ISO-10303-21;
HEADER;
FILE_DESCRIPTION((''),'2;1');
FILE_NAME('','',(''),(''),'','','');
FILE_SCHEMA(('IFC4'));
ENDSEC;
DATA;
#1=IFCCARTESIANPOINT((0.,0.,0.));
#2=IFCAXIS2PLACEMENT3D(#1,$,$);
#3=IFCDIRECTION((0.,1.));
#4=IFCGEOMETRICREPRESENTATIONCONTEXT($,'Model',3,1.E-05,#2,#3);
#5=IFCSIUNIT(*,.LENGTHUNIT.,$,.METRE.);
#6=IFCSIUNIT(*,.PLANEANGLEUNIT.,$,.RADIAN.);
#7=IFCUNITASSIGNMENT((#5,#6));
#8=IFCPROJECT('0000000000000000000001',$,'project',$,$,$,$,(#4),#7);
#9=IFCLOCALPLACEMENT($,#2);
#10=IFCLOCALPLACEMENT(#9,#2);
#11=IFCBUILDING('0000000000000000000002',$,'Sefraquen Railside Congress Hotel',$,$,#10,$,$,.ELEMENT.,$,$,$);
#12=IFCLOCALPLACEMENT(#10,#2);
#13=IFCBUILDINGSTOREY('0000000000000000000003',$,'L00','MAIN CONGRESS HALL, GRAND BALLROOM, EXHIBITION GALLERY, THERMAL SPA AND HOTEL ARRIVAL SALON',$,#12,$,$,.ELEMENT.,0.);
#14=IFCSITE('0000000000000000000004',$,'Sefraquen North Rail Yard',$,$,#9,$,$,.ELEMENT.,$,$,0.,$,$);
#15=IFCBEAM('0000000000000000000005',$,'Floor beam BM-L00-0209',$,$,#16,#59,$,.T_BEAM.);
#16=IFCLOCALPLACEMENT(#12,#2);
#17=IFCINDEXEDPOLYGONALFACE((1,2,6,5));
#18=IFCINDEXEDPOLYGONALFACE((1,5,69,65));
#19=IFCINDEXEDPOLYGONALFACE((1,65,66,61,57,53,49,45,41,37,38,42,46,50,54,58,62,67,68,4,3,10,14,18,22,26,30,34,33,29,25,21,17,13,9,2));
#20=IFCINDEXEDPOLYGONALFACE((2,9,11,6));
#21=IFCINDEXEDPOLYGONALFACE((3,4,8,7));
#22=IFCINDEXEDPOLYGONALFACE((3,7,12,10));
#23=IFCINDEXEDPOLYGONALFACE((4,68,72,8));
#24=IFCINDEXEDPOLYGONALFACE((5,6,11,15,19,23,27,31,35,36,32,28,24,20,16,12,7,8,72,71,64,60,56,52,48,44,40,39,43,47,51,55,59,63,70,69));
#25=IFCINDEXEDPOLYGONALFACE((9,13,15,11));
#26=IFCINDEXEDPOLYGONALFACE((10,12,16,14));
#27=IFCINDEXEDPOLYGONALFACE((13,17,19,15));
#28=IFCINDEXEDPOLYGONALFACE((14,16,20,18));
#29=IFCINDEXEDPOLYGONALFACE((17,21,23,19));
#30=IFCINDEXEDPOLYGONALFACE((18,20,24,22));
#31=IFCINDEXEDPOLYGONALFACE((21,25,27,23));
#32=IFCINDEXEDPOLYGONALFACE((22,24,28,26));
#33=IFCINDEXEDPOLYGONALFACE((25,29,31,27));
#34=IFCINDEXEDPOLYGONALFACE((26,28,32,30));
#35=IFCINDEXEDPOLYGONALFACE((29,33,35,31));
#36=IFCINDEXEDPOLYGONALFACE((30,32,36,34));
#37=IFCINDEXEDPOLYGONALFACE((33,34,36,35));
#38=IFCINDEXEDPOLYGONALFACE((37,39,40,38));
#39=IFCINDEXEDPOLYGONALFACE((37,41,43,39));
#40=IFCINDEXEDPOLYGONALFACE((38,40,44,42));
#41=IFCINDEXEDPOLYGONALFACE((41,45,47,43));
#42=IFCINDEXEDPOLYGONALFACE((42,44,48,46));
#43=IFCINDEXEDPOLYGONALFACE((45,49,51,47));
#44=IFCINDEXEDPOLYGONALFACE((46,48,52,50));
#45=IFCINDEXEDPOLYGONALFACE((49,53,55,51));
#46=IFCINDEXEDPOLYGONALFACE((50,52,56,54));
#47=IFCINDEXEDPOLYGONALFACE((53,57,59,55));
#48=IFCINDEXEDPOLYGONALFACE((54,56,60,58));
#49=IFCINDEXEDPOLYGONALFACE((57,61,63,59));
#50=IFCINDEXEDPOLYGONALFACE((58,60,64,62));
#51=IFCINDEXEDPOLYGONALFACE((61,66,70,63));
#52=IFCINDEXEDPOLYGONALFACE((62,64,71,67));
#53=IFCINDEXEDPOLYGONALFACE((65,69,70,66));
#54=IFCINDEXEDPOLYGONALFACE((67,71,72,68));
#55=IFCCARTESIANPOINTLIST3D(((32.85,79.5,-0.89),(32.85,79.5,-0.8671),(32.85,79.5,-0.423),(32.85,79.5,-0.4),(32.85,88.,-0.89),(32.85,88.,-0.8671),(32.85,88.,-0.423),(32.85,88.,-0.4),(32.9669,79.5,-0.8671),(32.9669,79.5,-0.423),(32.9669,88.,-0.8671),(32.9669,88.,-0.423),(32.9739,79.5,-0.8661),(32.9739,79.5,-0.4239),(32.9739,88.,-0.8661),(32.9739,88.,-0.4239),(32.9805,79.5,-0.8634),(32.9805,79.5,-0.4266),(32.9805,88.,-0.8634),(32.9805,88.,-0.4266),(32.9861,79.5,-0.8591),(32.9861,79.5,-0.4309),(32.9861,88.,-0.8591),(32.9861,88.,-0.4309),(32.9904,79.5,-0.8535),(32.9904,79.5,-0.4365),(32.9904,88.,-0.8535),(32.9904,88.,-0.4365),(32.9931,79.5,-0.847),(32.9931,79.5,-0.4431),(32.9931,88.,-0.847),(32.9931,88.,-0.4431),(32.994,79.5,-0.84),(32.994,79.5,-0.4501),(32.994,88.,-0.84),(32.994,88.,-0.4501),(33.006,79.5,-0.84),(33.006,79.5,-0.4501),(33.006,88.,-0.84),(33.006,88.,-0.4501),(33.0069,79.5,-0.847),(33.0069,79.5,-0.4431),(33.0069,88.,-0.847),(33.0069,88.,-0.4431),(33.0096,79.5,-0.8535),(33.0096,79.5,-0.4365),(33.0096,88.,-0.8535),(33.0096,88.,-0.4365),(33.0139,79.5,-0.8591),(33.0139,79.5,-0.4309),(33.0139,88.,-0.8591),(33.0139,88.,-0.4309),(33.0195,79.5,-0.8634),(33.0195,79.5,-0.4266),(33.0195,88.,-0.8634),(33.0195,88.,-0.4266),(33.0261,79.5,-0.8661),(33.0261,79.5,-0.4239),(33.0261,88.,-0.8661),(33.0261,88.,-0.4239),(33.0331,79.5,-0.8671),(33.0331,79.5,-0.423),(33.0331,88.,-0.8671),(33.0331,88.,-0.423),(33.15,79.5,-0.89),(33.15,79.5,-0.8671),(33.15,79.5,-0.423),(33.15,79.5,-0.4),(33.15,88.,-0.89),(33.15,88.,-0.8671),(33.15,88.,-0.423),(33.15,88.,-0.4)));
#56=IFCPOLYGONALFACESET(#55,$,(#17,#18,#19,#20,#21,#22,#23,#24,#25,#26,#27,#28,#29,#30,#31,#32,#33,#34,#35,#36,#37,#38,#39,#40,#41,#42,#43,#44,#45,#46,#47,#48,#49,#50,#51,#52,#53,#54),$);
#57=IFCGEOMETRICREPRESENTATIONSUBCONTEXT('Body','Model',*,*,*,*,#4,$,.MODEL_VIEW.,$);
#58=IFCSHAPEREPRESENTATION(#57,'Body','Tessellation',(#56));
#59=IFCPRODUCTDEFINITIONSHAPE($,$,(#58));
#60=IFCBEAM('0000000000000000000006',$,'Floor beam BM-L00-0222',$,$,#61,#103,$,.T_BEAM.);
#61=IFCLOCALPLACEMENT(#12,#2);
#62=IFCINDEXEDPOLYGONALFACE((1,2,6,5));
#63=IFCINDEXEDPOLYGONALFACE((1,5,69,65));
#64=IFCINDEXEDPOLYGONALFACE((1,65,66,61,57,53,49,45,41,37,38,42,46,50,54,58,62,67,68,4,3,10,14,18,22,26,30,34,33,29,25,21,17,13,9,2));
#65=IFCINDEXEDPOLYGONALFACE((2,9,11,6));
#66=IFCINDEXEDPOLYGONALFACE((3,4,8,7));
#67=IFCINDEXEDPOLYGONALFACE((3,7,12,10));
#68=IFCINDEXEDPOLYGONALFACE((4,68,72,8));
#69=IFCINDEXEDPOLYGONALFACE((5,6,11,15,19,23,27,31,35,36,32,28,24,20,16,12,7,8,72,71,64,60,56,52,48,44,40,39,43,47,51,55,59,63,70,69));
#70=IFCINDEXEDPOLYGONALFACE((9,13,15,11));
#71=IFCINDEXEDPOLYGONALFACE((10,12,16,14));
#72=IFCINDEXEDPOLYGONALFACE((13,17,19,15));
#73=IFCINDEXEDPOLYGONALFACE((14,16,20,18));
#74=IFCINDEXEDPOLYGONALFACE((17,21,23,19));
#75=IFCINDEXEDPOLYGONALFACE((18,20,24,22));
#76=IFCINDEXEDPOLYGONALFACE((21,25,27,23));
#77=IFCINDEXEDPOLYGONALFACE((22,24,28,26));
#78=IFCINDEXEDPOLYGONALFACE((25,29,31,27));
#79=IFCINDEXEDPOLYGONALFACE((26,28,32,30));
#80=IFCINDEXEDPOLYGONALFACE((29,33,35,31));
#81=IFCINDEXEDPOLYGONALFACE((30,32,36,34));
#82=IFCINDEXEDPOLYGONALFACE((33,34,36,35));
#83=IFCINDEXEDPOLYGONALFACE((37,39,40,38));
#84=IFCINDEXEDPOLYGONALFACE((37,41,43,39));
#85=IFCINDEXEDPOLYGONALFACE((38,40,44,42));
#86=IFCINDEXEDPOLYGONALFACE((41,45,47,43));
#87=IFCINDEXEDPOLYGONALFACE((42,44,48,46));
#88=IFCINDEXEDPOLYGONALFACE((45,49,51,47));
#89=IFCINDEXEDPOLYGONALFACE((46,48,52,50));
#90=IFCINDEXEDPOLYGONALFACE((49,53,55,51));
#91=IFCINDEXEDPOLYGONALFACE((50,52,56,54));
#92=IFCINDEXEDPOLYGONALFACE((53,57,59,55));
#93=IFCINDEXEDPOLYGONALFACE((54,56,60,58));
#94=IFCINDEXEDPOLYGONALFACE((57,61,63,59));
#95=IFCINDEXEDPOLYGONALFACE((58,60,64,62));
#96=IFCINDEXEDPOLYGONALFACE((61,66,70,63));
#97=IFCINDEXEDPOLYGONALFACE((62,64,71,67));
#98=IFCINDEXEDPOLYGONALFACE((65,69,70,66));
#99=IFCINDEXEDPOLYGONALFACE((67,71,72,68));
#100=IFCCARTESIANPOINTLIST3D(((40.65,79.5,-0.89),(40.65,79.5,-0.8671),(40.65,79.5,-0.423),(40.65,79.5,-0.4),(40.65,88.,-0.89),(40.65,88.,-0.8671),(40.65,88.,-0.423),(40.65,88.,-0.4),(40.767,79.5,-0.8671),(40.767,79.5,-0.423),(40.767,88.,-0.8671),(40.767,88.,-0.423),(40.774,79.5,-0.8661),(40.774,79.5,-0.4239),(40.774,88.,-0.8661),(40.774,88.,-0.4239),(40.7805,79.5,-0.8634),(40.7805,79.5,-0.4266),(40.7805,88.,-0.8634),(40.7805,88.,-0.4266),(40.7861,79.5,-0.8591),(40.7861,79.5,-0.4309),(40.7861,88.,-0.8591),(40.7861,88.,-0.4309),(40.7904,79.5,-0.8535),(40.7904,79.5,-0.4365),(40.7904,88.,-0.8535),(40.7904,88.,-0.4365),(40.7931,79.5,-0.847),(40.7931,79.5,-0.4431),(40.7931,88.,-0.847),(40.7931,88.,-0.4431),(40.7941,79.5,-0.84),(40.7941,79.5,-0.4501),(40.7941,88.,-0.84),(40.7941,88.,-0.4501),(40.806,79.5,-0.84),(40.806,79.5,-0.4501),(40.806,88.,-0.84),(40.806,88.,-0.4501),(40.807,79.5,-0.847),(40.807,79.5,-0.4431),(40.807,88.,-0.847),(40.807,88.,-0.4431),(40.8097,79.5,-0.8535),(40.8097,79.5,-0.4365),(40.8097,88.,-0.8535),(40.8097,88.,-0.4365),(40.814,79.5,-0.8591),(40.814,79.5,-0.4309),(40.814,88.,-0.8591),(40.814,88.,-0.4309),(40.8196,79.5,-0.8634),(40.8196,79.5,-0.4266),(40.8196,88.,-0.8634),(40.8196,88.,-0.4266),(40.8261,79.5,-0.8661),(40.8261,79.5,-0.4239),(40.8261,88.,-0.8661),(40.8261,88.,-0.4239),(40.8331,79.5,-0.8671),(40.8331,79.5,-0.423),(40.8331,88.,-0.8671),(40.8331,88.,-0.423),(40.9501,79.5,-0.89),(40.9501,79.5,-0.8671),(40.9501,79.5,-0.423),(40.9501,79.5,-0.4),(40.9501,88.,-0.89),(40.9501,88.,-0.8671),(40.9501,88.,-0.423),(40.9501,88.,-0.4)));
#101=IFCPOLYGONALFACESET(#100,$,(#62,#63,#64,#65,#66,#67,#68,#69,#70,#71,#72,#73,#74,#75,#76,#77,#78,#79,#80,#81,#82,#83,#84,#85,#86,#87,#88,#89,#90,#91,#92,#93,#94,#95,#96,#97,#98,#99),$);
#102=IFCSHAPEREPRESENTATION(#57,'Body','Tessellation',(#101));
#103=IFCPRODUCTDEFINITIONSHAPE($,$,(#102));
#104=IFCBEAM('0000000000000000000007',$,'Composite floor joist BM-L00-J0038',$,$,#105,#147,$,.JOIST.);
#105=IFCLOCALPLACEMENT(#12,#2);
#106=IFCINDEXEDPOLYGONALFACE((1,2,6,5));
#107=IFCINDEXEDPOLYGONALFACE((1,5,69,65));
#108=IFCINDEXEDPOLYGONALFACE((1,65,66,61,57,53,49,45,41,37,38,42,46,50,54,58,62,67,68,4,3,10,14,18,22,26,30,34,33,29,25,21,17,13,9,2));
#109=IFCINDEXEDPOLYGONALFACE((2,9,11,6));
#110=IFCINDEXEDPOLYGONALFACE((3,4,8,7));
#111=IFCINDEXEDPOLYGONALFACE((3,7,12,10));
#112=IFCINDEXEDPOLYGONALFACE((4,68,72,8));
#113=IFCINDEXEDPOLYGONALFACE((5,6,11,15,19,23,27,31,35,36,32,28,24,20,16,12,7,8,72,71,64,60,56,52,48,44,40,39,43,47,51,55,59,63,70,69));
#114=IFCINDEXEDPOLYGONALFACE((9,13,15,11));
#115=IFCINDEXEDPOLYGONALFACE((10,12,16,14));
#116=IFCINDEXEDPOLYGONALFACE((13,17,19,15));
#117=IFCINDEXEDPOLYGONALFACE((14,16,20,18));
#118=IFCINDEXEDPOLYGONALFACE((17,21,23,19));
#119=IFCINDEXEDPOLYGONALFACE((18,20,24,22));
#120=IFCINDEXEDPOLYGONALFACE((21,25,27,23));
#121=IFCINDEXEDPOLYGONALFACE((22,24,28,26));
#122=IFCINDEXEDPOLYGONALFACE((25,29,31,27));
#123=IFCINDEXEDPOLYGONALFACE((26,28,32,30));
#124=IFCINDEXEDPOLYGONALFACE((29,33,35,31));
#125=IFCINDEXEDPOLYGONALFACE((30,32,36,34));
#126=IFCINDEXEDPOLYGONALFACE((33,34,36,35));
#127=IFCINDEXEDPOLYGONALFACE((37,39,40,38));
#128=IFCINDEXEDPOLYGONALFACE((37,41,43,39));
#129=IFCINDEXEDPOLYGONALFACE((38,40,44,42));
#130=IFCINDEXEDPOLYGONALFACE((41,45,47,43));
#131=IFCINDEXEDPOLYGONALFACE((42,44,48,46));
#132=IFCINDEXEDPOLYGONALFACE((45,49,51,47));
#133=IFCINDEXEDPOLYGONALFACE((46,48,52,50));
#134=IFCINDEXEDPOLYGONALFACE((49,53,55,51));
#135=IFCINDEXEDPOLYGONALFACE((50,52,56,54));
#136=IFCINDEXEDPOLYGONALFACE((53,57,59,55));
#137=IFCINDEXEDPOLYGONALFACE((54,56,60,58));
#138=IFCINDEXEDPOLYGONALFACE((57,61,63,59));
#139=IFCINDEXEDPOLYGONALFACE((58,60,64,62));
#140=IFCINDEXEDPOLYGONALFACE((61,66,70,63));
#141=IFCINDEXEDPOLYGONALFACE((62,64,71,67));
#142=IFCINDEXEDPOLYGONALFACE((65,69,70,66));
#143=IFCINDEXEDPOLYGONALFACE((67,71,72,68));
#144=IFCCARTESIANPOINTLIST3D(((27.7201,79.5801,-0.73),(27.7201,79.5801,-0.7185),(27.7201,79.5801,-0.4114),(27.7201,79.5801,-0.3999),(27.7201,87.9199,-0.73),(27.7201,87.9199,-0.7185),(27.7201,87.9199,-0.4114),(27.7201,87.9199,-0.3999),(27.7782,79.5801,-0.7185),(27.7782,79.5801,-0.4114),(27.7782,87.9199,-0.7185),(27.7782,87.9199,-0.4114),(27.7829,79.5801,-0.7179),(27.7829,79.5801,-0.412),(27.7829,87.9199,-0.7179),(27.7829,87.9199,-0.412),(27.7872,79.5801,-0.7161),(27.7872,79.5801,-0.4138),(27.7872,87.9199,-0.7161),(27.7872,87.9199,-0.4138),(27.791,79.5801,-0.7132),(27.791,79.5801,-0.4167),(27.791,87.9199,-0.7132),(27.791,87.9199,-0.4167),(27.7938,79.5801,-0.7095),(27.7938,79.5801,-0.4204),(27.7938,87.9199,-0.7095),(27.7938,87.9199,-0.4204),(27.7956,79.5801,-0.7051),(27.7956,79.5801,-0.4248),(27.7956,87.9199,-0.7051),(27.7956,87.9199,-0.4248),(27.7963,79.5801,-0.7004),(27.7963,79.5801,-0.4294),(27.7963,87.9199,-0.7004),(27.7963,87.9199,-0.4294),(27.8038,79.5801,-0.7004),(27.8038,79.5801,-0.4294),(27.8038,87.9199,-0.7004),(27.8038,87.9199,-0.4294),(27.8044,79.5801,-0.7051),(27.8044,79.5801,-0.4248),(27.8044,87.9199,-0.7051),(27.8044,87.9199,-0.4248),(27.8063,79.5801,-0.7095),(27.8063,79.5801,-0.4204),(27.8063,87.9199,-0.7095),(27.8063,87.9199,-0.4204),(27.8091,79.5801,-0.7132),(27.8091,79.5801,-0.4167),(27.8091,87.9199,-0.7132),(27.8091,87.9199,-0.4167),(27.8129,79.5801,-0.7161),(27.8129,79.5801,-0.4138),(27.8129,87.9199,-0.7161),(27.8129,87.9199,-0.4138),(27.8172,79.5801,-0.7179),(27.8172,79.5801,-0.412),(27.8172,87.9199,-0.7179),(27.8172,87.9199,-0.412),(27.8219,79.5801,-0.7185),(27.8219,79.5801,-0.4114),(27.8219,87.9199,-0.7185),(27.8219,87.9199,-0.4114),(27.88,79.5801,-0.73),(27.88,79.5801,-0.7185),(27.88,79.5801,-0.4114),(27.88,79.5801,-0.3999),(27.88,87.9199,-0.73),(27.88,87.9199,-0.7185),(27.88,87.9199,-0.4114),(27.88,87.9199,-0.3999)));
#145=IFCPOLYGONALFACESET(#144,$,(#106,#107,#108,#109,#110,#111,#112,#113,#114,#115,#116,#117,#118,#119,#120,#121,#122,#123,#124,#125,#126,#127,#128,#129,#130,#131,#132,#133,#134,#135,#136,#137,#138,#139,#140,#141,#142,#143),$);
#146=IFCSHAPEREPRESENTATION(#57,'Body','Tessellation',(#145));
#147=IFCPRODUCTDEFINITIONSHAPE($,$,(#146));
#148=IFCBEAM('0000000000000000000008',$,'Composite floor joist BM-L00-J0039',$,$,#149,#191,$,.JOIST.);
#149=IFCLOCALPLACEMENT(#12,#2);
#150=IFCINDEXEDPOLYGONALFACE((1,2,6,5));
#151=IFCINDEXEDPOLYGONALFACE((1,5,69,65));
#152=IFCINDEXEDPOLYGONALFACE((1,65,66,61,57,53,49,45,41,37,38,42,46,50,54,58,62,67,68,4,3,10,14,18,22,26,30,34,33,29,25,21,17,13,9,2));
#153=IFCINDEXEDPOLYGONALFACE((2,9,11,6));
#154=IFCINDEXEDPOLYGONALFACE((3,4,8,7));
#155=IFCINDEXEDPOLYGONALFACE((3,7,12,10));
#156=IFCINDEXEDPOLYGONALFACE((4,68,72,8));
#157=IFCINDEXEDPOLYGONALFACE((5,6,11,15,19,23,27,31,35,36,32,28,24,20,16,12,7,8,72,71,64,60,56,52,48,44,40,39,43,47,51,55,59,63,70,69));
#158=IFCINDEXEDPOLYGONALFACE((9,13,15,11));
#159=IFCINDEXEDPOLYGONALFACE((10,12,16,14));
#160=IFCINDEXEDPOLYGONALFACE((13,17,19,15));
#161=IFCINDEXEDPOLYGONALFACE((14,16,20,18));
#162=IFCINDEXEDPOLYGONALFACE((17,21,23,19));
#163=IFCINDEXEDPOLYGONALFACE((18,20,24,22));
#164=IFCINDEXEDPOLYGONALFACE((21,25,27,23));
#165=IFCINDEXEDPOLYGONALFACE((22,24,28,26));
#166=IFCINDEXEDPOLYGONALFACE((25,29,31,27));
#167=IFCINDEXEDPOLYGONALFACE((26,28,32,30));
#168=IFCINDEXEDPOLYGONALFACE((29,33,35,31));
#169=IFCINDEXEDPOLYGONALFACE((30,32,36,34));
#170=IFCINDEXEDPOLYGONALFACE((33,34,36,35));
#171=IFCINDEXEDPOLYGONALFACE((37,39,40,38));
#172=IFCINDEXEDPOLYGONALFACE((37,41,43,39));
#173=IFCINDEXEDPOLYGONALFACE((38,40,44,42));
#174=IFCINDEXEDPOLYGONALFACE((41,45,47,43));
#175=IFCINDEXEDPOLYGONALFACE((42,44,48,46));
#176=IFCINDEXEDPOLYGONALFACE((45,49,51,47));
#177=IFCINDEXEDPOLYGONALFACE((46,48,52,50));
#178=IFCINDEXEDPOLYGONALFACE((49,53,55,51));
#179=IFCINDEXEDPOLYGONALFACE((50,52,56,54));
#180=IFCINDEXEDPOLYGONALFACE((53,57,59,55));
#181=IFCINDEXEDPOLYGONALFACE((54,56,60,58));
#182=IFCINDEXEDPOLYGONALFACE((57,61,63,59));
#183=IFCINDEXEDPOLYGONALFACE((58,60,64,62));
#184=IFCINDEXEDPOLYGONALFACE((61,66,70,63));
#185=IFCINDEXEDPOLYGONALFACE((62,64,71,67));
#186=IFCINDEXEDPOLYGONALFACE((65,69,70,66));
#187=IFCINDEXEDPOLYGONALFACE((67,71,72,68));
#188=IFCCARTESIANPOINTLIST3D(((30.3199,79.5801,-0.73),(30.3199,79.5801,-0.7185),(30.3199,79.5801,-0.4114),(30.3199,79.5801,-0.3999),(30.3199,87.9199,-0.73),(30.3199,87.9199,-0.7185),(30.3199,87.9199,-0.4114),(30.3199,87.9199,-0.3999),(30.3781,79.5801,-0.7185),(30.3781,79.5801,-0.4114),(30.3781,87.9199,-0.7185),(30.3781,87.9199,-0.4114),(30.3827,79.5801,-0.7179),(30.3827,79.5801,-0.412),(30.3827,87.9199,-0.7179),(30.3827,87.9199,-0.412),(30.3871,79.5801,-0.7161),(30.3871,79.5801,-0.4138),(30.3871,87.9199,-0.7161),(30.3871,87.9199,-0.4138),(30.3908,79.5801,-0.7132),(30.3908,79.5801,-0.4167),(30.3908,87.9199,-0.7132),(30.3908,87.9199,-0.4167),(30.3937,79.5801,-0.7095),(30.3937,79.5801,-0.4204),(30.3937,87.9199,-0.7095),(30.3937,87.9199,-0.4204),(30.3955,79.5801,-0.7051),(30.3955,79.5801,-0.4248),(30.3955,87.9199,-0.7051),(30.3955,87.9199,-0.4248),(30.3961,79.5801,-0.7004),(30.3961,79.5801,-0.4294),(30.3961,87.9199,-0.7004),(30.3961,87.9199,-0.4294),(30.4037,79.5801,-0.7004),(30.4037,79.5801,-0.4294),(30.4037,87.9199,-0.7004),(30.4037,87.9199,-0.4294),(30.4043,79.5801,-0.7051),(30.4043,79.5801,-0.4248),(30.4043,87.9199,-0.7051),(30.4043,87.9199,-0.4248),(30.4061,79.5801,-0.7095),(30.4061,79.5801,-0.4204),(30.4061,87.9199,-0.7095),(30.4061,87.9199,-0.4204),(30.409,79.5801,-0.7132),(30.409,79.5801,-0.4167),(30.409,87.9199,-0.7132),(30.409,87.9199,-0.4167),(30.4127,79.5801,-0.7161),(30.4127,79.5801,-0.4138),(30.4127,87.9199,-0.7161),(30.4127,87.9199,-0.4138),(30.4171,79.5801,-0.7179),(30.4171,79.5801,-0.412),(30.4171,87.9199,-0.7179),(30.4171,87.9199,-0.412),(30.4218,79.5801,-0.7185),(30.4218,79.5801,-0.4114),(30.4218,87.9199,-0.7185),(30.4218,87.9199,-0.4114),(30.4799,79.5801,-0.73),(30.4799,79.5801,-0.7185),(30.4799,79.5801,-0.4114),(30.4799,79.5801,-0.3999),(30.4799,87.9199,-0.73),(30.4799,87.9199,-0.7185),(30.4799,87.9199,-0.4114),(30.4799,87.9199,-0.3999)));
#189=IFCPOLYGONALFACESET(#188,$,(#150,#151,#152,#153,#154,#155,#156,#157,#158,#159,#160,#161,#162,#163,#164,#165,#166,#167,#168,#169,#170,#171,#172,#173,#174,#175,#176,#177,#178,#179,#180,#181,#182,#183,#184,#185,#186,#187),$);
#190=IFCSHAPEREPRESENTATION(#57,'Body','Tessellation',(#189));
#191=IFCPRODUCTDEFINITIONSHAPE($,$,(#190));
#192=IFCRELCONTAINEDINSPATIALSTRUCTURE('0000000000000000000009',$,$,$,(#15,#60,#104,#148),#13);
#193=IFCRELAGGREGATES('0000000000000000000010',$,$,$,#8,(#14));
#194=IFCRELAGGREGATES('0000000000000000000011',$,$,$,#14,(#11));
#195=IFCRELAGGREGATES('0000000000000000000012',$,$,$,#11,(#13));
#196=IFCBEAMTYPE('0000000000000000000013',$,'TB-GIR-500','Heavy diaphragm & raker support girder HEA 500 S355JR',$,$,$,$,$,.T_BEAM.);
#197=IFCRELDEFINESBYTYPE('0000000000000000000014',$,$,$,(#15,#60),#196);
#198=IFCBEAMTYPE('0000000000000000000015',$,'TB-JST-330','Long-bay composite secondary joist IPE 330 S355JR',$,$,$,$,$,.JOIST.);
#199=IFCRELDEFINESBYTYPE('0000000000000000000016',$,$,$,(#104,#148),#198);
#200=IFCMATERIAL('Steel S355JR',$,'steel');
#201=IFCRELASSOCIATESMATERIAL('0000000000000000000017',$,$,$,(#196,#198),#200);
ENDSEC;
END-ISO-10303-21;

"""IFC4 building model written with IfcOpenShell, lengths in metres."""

from ifc_helpers import new_model, si_unit, direction, frame, origin, origin_2d, place, context, subcontext, project, spatial, i_section, extrude, material, material_profile, profile_set, type_object, element, save


model = new_model("IFC4")

# Units and contexts
model_context = context("Model", 3, precision=1e-05, world=origin(), true_north=direction((0.0, 1.0)))
body_context = subcontext(model_context, "Body", "Model", "MODEL_VIEW")
ifc_project = project(units=[si_unit("LENGTHUNIT", "METRE"), si_unit("PLANEANGLEUNIT", "RADIAN")], contexts=[model_context])

# Site, building, storey
site_placement = place(None, origin())
site = spatial("IfcSite", under=ifc_project, at=site_placement, Name="Sefraquen North Rail Yard", CompositionType="ELEMENT", RefElevation=0.0)
building_placement = place(site_placement, origin())
building = spatial("IfcBuilding", under=site, at=building_placement, Name="Sefraquen Railside Congress Hotel", CompositionType="ELEMENT")
storey_placement = place(building_placement, origin())
storey = spatial("IfcBuildingStorey", under=building, at=storey_placement, Name="L00", Description="MAIN CONGRESS HALL, GRAND BALLROOM, EXHIBITION GALLERY, THERMAL SPA AND HOTEL ARRIVAL SALON", CompositionType="ELEMENT", Elevation=0.0)

# Shared definitions
ifc_material_1 = material(Name="Steel S355JR", Category="steel")

# Beams
ifc_material_profile_1 = material_profile(ifc_material_1, i_section(OverallWidth=0.3, OverallDepth=0.49, WebThickness=0.012, FlangeThickness=0.0229, FilletRadius=0.0271, at=origin_2d()), Name="HEA 500")
ifc_profile_set_1 = profile_set([ifc_material_profile_1], Name="Steel S355JR")
beam_type_1 = type_object("IfcBeamType", Name="TB-GIR-500", Description="Heavy diaphragm & raker support girder HEA 500 S355JR", PredefinedType="T_BEAM", material=ifc_profile_set_1)
for number, where, z_axis, x_axis, name in (
    (1, (33.0, 79.5, -0.645), (0.0, 1.0, 0.0), (-1.0, 0.0, 0.0), "Floor beam BM-L00-0209"),
    (2, (40.8, 79.5, -0.645), (0.0, 1.0, 0.0), (-1.0, 0.0, 0.0), "Floor beam BM-L00-0222"),
):
    element("IfcBeam", number, at=place(storey_placement, frame(where, z_axis=z_axis, x_axis=x_axis)), inside=storey, type_object=beam_type_1, Name=name, PredefinedType="T_BEAM", context=body_context, shape_type="SweptSolid", body=[
        extrude(i_section(OverallWidth=0.3, OverallDepth=0.49, WebThickness=0.012, FlangeThickness=0.0229, FilletRadius=0.0271, at=origin_2d()), origin(), (0.0, 0.0, 1.0), 8.5),
    ])
ifc_material_profile_2 = material_profile(ifc_material_1, i_section(OverallWidth=0.1599, OverallDepth=0.3301, WebThickness=0.0076, FlangeThickness=0.0115, FilletRadius=0.0181, at=origin_2d()), Name="IPE 330")
ifc_profile_set_2 = profile_set([ifc_material_profile_2], Name="Steel S355JR")
beam_type_2 = type_object("IfcBeamType", Name="TB-JST-330", Description="Long-bay composite secondary joist IPE 330 S355JR", PredefinedType="JOIST", material=ifc_profile_set_2)
for number, where, z_axis, x_axis, name in (
    (3, (27.8, 79.5801, -0.5649), (0.0, 1.0, 0.0), (-1.0, 0.0, 0.0), "Composite floor joist BM-L00-J0038"),
    (4, (30.3999, 79.5801, -0.5649), (0.0, 1.0, 0.0), (-1.0, 0.0, 0.0), "Composite floor joist BM-L00-J0039"),
):
    element("IfcBeam", number, at=place(storey_placement, frame(where, z_axis=z_axis, x_axis=x_axis)), inside=storey, type_object=beam_type_2, Name=name, PredefinedType="JOIST", context=body_context, shape_type="SweptSolid", body=[
        extrude(i_section(OverallWidth=0.1599, OverallDepth=0.3301, WebThickness=0.0076, FlangeThickness=0.0115, FilletRadius=0.0181, at=origin_2d()), origin(), (0.0, 0.0, 1.0), 8.3398),
    ])

save(model, "model.ifc")
